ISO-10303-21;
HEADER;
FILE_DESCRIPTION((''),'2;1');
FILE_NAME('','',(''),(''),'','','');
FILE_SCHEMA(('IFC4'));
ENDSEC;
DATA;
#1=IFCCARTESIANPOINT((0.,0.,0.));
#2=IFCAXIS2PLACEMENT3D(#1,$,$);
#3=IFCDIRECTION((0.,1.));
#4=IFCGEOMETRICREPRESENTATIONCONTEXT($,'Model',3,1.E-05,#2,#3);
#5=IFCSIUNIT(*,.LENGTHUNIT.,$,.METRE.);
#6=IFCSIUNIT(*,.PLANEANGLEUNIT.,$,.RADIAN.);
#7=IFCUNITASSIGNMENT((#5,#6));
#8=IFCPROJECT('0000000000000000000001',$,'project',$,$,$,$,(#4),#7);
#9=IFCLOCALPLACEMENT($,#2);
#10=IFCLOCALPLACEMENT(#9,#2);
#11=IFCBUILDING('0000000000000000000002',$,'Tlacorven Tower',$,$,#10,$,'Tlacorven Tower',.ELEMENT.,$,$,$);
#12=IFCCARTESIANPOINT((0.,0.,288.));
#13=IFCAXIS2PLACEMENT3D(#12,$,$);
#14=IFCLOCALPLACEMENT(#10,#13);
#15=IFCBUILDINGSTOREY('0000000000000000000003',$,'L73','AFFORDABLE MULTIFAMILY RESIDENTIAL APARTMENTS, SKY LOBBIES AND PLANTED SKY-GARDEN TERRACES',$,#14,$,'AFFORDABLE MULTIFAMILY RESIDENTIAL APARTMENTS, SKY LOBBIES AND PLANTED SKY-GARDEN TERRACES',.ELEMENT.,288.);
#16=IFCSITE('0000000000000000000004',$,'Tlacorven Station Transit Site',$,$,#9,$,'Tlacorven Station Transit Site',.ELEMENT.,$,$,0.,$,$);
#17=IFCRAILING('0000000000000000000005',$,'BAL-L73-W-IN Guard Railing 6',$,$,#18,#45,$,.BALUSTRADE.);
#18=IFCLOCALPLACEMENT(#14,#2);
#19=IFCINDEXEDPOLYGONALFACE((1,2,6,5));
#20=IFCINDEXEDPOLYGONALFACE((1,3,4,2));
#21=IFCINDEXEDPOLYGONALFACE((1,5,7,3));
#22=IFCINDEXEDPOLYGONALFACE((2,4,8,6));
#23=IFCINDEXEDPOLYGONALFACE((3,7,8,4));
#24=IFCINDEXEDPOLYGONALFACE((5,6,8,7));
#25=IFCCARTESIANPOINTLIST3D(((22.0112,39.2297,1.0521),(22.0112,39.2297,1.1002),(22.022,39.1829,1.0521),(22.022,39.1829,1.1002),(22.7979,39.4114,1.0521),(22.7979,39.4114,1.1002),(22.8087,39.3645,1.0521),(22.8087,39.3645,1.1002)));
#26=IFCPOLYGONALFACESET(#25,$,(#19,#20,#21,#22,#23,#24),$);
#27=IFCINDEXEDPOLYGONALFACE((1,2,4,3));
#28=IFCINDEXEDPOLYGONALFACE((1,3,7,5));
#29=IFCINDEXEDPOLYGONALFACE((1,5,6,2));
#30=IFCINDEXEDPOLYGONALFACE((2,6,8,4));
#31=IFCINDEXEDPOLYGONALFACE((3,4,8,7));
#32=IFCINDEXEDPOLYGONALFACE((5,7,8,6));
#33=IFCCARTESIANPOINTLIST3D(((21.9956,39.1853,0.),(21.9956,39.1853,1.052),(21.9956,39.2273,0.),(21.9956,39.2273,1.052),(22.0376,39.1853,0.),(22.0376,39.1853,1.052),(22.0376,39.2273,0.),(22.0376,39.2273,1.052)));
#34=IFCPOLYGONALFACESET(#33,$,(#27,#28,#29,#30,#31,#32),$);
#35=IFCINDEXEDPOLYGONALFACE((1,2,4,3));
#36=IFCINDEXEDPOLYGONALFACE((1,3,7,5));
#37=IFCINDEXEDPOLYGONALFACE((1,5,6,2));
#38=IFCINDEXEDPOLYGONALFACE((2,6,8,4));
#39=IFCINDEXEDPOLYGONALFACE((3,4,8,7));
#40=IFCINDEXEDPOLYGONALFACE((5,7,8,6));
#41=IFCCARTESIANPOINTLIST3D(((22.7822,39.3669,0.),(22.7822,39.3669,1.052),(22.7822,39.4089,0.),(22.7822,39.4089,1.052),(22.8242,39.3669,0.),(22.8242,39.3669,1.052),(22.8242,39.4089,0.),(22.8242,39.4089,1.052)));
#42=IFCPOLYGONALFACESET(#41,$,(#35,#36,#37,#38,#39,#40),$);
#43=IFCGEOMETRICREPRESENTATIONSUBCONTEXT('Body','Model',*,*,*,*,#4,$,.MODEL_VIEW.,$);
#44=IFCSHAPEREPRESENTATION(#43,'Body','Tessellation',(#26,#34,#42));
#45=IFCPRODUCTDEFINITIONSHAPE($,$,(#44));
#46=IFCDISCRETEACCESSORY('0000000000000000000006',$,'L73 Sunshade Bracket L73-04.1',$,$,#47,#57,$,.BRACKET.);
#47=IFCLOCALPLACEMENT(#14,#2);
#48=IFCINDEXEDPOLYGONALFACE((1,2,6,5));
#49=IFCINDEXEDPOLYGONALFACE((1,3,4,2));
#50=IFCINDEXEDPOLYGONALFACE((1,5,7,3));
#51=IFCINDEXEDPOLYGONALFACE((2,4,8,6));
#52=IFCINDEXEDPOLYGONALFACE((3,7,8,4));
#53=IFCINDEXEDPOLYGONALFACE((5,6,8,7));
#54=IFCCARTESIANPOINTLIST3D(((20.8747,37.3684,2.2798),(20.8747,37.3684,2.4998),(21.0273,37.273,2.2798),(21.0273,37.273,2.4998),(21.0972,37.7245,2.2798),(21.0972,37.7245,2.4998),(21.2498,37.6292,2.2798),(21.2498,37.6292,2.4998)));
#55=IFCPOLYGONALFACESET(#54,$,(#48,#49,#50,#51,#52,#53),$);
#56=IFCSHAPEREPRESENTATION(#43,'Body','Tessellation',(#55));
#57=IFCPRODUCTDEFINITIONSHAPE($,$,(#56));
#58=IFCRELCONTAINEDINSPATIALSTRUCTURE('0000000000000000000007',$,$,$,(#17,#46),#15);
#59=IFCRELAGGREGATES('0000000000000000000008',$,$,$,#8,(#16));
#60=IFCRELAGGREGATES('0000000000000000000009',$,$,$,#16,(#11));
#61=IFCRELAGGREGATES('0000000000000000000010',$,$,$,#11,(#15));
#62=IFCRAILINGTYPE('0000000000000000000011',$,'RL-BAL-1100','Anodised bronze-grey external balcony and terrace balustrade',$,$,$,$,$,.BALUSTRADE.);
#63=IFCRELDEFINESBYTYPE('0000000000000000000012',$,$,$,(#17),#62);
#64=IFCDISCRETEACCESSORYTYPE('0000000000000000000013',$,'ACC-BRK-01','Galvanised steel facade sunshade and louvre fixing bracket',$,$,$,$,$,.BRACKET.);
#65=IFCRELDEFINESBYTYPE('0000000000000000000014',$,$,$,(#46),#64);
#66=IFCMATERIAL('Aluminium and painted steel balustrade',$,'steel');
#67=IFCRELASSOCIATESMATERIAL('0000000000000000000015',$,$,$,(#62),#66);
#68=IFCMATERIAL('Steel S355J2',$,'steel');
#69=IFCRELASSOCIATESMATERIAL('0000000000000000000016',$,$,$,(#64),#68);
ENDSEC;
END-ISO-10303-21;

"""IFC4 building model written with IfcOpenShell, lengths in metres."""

from ifc_helpers import new_model, si_unit, direction, frame, origin, origin_2d, place, context, subcontext, project, spatial, rectangle, extrude, source, transform, mapped, material, type_object, element, save


model = new_model("IFC4")

# Units and contexts
model_context = context("Model", 3, precision=1e-05, world=origin(), true_north=direction((0.0, 1.0)))
body_context = subcontext(model_context, "Body", "Model", "MODEL_VIEW")
ifc_project = project(units=[si_unit("LENGTHUNIT", "METRE"), si_unit("PLANEANGLEUNIT", "RADIAN")], contexts=[model_context])

# Site, building, storey
site_placement = place(None, origin())
site = spatial("IfcSite", under=ifc_project, at=site_placement, Name="Tlacorven Station Transit Site", LongName="Tlacorven Station Transit Site", CompositionType="ELEMENT", RefElevation=0.0)
building_placement = place(site_placement, origin())
building = spatial("IfcBuilding", under=site, at=building_placement, Name="Tlacorven Tower", LongName="Tlacorven Tower", CompositionType="ELEMENT")
storey_placement = place(building_placement, frame((0.0, 0.0, 288.0)))
storey = spatial("IfcBuildingStorey", under=building, at=storey_placement, Name="L73", Description="AFFORDABLE MULTIFAMILY RESIDENTIAL APARTMENTS, SKY LOBBIES AND PLANTED SKY-GARDEN TERRACES", LongName="AFFORDABLE MULTIFAMILY RESIDENTIAL APARTMENTS, SKY LOBBIES AND PLANTED SKY-GARDEN TERRACES", CompositionType="ELEMENT", Elevation=288.0)

# Shared definitions
ifc_material_1 = material(Name="Steel S355J2", Category="steel")

# Shared definitions
ifc_material_2 = material(Name="Aluminium and painted steel balustrade", Category="steel")
railing_type = type_object("IfcRailingType", Name="RL-BAL-1100", Description="Anodised bronze-grey external balcony and terrace balustrade", PredefinedType="BALUSTRADE", material=ifc_material_2)

# Railing
shared_shape_1 = source(origin(), body_context, "Body", "SweptSolid", [
    extrude(rectangle(XDim=0.0481, YDim=0.0481, at=origin_2d()), frame((0.0, 0.0, 1.0762), z_axis=(0.974361, 0.224992, 0.0), x_axis=(-0.224992, 0.974361, 0.0)), (0.0, 0.0, 1.0), 0.8074),
    extrude(rectangle(XDim=0.042, YDim=0.042, at=origin_2d()), origin(), (0.0, 0.0, 1.0), 1.052),
    extrude(rectangle(XDim=0.042, YDim=0.042, at=origin_2d()), frame((0.7866, 0.1816, 0.0)), (0.0, 0.0, 1.0), 1.052),
])
railing_1_placement = place(storey_placement, frame((22.0166, 39.2063, 0.0)))
element("IfcRailing", 1, at=railing_1_placement, inside=storey, type_object=railing_type, Name="BAL-L73-W-IN Guard Railing 6", PredefinedType="BALUSTRADE", context=body_context, shape_type="MappedRepresentation", body=[
    mapped(shared_shape_1, transform((0.0, 0.0, 0.0), scale=1.0)),
])

# Discrete accessory
discrete_accessory_type = type_object("IfcDiscreteAccessoryType", Name="ACC-BRK-01", Description="Galvanised steel facade sunshade and louvre fixing bracket", PredefinedType="BRACKET", material=ifc_material_1)
shared_shape_2 = source(origin(), body_context, "Body", "SweptSolid", [
    extrude(rectangle(XDim=0.1799, YDim=0.4199, at=origin_2d()), origin(), (0.0, 0.0, 1.0), 0.22),
])
discrete_accessory_placement = place(storey_placement, frame((21.0623, 37.4988, 2.2798), z_axis=(0.0, 0.0, 1.0), x_axis=(0.848048, -0.529919, 0.0)))
element("IfcDiscreteAccessory", 2, at=discrete_accessory_placement, inside=storey, type_object=discrete_accessory_type, Name="L73 Sunshade Bracket L73-04.1", PredefinedType="BRACKET", context=body_context, shape_type="MappedRepresentation", body=[
    mapped(shared_shape_2, transform((0.0, 0.0, 0.0), scale=1.0)),
])

save(model, "model.ifc")
